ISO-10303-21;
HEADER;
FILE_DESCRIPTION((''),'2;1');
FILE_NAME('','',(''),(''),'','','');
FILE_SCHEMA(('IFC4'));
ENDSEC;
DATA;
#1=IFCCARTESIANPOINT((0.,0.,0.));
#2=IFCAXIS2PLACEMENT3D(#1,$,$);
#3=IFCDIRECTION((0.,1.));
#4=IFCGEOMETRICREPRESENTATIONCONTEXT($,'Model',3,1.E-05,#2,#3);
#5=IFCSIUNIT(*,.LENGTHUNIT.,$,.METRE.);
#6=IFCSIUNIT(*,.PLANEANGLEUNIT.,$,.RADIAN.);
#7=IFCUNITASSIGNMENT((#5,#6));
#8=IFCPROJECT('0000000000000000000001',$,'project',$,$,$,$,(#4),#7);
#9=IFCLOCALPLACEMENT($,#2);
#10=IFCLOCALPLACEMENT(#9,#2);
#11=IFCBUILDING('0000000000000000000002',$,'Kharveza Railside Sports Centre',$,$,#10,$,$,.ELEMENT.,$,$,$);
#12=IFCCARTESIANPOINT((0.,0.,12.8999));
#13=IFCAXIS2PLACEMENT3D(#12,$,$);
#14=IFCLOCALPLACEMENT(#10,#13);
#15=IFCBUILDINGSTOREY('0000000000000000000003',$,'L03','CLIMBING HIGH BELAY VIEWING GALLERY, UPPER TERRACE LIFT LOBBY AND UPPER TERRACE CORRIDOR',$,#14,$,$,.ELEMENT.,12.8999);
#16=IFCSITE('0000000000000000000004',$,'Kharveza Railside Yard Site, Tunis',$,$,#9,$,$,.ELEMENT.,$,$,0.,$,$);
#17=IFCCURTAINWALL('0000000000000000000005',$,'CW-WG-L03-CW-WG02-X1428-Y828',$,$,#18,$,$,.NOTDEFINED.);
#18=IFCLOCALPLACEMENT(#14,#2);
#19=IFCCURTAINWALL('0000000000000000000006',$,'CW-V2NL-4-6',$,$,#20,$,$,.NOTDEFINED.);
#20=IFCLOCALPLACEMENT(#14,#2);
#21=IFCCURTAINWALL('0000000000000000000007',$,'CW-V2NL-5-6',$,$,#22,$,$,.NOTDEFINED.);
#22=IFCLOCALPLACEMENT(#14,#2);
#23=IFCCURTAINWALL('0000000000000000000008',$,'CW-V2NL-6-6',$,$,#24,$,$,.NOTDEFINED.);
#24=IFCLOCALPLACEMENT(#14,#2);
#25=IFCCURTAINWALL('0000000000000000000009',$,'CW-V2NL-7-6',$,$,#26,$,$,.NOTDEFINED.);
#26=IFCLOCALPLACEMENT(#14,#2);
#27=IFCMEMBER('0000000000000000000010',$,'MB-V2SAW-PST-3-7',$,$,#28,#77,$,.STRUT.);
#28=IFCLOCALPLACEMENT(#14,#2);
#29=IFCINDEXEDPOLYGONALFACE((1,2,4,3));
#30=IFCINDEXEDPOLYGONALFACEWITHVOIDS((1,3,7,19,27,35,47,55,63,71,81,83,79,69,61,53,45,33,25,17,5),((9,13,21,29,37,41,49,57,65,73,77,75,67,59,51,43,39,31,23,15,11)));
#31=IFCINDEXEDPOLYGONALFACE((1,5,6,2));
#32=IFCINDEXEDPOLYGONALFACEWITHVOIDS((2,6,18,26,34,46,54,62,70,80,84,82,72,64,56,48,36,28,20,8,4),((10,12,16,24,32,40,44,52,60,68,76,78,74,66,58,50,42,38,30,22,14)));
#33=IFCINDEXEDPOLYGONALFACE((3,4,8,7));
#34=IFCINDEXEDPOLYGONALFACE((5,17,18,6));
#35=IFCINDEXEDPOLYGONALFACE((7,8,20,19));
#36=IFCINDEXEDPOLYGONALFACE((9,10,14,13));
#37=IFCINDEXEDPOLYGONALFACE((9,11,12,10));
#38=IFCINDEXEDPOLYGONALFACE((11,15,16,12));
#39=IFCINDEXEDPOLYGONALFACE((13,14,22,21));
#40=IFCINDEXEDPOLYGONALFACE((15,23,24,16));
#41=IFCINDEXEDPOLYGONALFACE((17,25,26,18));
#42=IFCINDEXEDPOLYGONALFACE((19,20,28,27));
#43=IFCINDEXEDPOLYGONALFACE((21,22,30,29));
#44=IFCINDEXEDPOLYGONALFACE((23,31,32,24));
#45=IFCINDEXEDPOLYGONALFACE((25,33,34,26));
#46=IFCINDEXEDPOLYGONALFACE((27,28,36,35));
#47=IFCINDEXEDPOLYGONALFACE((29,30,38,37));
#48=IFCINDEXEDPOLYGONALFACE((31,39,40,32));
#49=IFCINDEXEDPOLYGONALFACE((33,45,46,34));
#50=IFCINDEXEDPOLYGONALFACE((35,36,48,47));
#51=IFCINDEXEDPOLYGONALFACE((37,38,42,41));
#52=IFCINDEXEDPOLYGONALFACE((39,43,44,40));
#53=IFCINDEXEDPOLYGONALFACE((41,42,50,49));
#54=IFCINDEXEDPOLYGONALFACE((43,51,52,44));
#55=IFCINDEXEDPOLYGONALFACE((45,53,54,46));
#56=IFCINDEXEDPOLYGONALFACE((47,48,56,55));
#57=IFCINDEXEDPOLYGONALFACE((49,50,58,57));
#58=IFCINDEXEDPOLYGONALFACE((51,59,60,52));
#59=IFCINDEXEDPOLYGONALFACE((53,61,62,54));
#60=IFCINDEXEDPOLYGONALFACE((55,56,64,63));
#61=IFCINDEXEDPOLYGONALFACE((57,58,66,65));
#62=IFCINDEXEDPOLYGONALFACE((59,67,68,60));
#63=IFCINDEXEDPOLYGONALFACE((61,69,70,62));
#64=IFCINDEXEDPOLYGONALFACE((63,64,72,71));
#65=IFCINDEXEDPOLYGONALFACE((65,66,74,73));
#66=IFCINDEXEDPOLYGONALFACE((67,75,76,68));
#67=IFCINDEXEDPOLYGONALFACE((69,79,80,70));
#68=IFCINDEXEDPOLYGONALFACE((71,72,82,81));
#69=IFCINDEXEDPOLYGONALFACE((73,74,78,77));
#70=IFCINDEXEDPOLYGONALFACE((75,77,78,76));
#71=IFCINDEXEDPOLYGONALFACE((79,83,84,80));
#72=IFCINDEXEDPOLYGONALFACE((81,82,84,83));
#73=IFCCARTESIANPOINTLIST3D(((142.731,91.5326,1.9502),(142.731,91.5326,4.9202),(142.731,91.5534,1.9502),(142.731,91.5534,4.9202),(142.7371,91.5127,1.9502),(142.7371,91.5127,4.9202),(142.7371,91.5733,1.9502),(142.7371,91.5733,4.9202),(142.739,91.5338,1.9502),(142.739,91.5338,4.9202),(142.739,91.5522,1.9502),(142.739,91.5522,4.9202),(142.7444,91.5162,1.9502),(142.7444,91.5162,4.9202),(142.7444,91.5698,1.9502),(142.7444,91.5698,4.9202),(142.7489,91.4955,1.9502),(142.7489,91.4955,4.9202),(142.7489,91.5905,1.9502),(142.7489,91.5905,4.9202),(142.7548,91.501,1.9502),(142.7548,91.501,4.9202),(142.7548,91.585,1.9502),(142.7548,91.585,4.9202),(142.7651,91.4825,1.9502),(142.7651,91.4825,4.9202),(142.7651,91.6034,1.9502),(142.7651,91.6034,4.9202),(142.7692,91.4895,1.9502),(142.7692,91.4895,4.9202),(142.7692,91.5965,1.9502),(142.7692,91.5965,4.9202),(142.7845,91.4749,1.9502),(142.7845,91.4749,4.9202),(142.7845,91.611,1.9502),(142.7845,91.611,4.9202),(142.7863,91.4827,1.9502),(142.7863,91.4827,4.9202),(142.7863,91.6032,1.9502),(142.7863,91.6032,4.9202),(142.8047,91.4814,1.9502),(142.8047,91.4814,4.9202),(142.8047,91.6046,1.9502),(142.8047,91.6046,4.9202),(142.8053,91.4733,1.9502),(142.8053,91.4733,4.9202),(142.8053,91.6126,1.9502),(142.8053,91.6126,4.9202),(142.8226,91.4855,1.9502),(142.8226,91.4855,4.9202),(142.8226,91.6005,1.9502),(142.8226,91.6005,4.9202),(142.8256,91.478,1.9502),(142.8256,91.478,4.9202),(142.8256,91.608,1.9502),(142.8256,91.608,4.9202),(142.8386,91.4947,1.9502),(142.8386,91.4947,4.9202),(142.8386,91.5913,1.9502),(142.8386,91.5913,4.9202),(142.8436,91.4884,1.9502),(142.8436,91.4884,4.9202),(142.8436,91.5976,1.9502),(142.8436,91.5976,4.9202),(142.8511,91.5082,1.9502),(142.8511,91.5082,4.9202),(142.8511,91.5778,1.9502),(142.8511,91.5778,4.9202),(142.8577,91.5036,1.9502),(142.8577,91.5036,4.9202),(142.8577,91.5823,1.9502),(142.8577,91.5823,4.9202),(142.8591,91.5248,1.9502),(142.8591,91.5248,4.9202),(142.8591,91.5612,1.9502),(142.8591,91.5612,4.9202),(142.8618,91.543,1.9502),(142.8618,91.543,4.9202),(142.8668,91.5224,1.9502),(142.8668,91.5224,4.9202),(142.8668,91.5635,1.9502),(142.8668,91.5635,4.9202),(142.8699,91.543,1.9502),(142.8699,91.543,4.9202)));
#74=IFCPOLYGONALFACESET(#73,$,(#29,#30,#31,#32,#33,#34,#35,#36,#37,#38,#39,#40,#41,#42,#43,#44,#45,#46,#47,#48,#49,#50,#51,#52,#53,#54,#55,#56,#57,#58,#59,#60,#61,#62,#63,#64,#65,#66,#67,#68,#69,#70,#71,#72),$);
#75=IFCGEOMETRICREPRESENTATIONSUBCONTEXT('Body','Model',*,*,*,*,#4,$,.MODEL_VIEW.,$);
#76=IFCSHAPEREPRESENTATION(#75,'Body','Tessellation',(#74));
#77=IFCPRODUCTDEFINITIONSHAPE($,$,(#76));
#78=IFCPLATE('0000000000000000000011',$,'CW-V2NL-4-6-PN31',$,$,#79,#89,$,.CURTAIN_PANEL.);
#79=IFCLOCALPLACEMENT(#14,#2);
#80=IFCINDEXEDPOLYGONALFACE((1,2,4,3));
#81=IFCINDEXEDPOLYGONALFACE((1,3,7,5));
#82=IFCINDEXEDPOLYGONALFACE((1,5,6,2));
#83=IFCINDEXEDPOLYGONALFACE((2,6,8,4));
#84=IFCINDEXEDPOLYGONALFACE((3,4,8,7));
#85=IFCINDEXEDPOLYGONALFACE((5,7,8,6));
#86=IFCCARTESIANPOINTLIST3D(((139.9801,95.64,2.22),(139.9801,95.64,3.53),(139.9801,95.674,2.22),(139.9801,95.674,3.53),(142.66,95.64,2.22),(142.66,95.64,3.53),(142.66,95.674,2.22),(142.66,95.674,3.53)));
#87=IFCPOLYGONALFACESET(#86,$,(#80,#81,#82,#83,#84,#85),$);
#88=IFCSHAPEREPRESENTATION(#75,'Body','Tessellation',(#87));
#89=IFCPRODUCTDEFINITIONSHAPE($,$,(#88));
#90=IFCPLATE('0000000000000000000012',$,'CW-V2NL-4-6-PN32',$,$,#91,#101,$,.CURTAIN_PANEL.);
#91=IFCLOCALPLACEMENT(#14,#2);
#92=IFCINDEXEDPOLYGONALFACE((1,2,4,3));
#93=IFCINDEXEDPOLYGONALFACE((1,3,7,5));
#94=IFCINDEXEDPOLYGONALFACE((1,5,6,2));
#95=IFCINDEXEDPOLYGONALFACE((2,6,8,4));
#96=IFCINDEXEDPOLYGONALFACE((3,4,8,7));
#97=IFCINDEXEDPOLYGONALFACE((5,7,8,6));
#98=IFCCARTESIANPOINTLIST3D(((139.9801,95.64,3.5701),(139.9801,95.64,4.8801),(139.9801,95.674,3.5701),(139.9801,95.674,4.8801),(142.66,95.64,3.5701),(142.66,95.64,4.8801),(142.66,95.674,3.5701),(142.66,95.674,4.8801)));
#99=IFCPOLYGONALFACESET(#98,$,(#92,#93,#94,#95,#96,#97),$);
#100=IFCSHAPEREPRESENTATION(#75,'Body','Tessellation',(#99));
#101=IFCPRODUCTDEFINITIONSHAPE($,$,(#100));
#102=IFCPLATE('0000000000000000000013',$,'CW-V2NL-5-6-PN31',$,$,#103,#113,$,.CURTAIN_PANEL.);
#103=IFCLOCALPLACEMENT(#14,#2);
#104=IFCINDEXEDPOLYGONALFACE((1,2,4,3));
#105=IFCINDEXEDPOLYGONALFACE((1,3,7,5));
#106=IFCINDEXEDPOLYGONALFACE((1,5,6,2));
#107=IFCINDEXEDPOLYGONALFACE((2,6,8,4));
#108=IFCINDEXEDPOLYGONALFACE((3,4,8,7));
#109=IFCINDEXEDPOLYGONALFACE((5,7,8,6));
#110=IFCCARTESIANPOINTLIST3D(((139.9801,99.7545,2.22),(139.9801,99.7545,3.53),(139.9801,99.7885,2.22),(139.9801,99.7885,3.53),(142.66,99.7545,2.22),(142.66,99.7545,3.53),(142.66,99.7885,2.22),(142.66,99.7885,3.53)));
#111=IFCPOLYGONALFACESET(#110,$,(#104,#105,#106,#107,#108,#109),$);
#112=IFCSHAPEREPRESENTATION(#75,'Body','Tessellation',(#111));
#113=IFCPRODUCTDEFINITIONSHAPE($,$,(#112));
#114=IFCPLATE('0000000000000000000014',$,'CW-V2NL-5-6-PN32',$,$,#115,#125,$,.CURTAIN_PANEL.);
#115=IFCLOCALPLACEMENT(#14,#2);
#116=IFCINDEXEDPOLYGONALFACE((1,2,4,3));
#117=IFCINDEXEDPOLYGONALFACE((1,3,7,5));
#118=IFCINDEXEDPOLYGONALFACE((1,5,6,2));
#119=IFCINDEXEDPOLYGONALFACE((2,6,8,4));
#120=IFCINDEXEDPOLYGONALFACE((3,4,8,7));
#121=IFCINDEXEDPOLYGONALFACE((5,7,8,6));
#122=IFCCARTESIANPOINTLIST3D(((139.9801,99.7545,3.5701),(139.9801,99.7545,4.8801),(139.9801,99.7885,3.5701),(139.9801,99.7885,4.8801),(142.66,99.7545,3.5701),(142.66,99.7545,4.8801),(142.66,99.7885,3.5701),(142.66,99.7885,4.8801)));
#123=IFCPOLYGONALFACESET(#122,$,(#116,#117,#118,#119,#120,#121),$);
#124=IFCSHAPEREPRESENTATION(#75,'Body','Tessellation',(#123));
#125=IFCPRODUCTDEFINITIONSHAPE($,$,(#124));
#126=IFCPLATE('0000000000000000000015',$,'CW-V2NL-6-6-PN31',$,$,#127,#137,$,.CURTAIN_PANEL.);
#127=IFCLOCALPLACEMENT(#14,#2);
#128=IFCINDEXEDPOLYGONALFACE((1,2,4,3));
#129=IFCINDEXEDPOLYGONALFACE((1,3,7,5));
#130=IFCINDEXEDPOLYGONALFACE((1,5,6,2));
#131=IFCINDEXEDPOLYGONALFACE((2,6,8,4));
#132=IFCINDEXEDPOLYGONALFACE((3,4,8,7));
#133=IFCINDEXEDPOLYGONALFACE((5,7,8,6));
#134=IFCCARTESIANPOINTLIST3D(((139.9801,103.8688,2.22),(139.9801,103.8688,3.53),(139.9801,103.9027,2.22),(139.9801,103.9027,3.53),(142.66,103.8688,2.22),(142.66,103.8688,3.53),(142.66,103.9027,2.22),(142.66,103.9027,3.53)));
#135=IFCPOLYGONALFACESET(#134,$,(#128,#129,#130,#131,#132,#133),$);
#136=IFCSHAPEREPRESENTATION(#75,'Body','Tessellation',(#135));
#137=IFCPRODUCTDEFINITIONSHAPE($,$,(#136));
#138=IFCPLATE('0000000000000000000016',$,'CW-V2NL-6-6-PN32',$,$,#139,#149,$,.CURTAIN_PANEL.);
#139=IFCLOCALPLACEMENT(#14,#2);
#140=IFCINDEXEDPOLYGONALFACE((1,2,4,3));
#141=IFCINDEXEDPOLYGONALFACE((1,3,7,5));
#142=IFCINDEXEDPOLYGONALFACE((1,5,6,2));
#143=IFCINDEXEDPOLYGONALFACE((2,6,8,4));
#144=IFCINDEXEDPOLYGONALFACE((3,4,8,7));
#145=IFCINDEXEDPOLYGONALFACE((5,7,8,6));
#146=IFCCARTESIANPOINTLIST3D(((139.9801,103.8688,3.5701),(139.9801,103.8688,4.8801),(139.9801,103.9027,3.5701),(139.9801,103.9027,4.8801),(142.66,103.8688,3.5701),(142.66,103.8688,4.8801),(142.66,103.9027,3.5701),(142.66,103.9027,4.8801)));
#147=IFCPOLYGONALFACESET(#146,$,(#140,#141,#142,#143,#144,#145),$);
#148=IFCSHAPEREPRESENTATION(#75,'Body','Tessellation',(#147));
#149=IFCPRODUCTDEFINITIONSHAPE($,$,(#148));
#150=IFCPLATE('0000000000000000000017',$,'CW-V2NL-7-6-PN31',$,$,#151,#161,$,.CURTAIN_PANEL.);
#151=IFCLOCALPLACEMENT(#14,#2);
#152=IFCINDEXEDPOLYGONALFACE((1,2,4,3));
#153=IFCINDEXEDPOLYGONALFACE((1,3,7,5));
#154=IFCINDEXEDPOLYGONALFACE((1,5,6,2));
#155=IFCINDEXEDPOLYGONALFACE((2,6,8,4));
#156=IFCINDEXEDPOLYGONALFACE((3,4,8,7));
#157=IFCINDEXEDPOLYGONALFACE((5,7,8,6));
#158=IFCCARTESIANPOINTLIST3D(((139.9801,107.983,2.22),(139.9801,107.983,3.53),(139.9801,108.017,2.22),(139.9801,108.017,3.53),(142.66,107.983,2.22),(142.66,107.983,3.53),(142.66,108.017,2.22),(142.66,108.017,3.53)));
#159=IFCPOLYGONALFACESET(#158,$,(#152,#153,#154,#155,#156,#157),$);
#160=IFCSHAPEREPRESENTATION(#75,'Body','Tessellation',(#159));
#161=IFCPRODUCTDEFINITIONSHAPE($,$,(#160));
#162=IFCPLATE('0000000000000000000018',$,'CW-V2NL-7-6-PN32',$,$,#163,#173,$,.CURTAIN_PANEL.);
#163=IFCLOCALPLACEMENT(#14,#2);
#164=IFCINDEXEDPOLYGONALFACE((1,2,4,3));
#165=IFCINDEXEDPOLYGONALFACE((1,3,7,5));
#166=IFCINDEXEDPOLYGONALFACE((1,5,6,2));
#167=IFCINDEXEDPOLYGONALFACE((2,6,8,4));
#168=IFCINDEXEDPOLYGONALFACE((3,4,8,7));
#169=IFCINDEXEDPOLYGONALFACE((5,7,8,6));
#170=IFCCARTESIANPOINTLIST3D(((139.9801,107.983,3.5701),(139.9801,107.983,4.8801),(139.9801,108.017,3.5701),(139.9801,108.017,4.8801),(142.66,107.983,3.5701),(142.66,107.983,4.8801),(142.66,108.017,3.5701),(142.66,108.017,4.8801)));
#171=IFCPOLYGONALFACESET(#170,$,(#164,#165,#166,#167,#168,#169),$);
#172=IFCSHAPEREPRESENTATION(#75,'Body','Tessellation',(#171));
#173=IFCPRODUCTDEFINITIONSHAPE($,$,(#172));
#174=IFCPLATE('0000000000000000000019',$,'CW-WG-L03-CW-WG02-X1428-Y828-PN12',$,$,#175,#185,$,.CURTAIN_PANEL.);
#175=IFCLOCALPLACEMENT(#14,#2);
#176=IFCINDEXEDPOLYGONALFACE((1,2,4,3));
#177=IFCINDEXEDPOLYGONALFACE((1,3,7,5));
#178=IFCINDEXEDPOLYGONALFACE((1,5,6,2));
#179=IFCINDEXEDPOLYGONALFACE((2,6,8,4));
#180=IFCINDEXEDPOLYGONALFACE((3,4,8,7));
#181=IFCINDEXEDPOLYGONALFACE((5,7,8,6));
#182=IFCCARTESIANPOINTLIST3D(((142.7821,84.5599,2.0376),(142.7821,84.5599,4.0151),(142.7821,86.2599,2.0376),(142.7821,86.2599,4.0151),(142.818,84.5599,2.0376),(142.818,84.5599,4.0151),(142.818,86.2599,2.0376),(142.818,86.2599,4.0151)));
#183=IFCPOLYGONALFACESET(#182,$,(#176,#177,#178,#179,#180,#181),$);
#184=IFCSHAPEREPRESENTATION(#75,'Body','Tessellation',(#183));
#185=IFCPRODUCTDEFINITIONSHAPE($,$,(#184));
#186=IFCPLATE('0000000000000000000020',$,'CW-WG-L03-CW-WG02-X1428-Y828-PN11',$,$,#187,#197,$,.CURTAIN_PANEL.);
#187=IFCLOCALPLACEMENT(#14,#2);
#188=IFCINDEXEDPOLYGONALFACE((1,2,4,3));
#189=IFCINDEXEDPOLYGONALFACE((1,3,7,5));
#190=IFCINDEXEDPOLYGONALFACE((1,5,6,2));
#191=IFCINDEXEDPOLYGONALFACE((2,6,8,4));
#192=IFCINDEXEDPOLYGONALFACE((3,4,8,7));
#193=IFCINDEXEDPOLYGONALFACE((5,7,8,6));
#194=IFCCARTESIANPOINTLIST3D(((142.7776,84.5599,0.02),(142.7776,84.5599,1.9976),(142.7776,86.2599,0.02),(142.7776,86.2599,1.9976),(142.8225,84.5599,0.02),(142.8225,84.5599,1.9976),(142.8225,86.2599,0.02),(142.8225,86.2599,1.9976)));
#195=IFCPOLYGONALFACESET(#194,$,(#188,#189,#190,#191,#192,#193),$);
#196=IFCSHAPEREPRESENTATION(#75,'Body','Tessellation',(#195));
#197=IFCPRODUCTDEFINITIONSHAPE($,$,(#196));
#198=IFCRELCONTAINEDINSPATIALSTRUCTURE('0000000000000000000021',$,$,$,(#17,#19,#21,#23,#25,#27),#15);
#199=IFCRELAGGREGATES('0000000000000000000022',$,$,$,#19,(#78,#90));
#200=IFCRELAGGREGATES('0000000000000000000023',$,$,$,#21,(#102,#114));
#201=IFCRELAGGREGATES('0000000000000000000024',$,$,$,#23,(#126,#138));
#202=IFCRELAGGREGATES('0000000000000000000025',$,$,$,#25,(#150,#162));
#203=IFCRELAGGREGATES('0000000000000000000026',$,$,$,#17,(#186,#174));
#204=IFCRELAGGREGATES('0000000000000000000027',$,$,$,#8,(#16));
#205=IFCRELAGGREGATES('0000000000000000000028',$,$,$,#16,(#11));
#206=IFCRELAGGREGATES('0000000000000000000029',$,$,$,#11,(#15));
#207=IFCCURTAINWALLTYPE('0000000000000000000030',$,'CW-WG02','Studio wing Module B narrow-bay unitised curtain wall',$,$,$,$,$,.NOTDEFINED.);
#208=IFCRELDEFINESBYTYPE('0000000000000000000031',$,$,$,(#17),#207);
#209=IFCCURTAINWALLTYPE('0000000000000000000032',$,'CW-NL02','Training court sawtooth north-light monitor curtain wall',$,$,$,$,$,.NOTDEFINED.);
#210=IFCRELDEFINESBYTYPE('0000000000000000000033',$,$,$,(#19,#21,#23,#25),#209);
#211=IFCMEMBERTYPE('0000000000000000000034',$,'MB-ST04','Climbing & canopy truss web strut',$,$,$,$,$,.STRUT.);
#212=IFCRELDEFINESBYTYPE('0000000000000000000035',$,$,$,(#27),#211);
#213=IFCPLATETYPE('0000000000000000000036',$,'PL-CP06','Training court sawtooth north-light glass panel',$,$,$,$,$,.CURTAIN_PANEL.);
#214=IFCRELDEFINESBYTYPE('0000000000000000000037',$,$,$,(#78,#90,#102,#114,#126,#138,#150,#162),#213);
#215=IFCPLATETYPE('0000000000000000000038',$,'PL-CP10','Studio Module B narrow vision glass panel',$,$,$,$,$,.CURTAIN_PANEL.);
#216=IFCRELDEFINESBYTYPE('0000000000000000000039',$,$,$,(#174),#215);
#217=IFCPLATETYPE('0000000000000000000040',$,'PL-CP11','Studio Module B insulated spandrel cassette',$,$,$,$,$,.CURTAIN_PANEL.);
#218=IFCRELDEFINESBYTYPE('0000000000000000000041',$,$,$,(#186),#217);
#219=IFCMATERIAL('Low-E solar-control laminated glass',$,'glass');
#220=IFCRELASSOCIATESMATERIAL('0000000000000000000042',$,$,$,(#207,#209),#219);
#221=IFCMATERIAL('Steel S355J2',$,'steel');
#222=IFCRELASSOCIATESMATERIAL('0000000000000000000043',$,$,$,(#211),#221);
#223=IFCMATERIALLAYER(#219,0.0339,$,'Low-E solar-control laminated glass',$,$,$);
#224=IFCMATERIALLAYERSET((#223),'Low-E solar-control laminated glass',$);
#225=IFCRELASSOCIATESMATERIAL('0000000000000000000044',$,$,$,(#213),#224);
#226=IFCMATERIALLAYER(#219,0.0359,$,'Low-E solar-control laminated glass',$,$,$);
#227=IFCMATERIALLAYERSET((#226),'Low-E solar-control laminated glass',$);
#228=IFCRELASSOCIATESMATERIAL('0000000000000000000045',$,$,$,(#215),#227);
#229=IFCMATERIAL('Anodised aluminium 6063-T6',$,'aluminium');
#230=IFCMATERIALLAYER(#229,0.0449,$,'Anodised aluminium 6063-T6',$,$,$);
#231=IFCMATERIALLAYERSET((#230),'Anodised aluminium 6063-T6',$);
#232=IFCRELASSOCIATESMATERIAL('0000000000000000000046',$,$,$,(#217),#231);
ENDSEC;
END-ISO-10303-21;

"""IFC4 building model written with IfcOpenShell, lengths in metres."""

from ifc_helpers import new_model, si_unit, direction, frame, origin, origin_2d, place, context, subcontext, project, spatial, rectangle, hollow_circle, extrude, material, layer, layer_set, material_profile, profile_set, type_object, element, aggregate, save


model = new_model("IFC4")

# Units and contexts
model_context = context("Model", 3, precision=1e-05, world=origin(), true_north=direction((0.0, 1.0)))
body_context = subcontext(model_context, "Body", "Model", "MODEL_VIEW")
ifc_project = project(units=[si_unit("LENGTHUNIT", "METRE"), si_unit("PLANEANGLEUNIT", "RADIAN")], contexts=[model_context])

# Site, building, storey
site_placement = place(None, origin())
site = spatial("IfcSite", under=ifc_project, at=site_placement, Name="Kharveza Railside Yard Site, Tunis", CompositionType="ELEMENT", RefElevation=0.0)
building_placement = place(site_placement, origin())
building = spatial("IfcBuilding", under=site, at=building_placement, Name="Kharveza Railside Sports Centre", CompositionType="ELEMENT")
storey_placement = place(building_placement, frame((0.0, 0.0, 12.8999)))
storey = spatial("IfcBuildingStorey", under=building, at=storey_placement, Name="L03", Description="CLIMBING HIGH BELAY VIEWING GALLERY, UPPER TERRACE LIFT LOBBY AND UPPER TERRACE CORRIDOR", CompositionType="ELEMENT", Elevation=12.8999)

# Shared definitions
ifc_material_1 = material(Name="Steel S355J2", Category="steel")

# Curtain walls
ifc_material_2 = material(Name="Low-E solar-control laminated glass", Category="glass")
curtain_wall_type_1 = type_object("IfcCurtainWallType", Name="CW-WG02", Description="Studio wing Module B narrow-bay unitised curtain wall", PredefinedType="NOTDEFINED", material=ifc_material_2)
curtain_wall_1_placement = place(storey_placement, origin())
curtain_wall_1 = element("IfcCurtainWall", 1, at=curtain_wall_1_placement, inside=storey, type_object=curtain_wall_type_1, Name="CW-WG-L03-CW-WG02-X1428-Y828", PredefinedType="NOTDEFINED")
ifc_material_3 = material(Name="Anodised aluminium 6063-T6", Category="aluminium")
curtain_wall_type_2 = type_object("IfcCurtainWallType", Name="CW-NL02", Description="Training court sawtooth north-light monitor curtain wall", PredefinedType="NOTDEFINED", material=ifc_material_2)
curtain_wall_2_placement = place(storey_placement, origin())
curtain_wall_2 = element("IfcCurtainWall", 2, at=curtain_wall_2_placement, inside=storey, type_object=curtain_wall_type_2, Name="CW-V2NL-4-6", PredefinedType="NOTDEFINED")
curtain_wall_3_placement = place(storey_placement, origin())
curtain_wall_3 = element("IfcCurtainWall", 3, at=curtain_wall_3_placement, inside=storey, type_object=curtain_wall_type_2, Name="CW-V2NL-5-6", PredefinedType="NOTDEFINED")
curtain_wall_4_placement = place(storey_placement, origin())
curtain_wall_4 = element("IfcCurtainWall", 4, at=curtain_wall_4_placement, inside=storey, type_object=curtain_wall_type_2, Name="CW-V2NL-6-6", PredefinedType="NOTDEFINED")
curtain_wall_5_placement = place(storey_placement, origin())
curtain_wall_5 = element("IfcCurtainWall", 5, at=curtain_wall_5_placement, inside=storey, type_object=curtain_wall_type_2, Name="CW-V2NL-7-6", PredefinedType="NOTDEFINED")

# Member
ifc_material_profile_1 = material_profile(ifc_material_1, hollow_circle(Radius=0.0698, WallThickness=0.0081, at=origin_2d()), Name="CHS 139.7x8.0")
ifc_profile_set_1 = profile_set([ifc_material_profile_1], Name="Steel S355J2")
member_type_1 = type_object("IfcMemberType", Name="MB-ST04", Description="Climbing & canopy truss web strut", PredefinedType="STRUT", material=ifc_profile_set_1)
for number, where, z_axis, x_axis, name in (
    (6, (142.8, 91.543, 1.9502), (0.0, 0.0, 1.0), (1.0, 0.0, 0.0), "MB-V2SAW-PST-3-7"),
):
    element("IfcMember", number, at=place(storey_placement, frame(where, z_axis=z_axis, x_axis=x_axis)), inside=storey, type_object=member_type_1, Name=name, PredefinedType="STRUT", context=body_context, shape_type="SweptSolid", body=[
        extrude(hollow_circle(Radius=0.0698, WallThickness=0.0081, at=origin_2d()), origin(), (0.0, 0.0, 1.0), 2.97),
    ])

# Plates
ifc_layer_1 = layer(ifc_material_2, 0.0339, Name="Low-E solar-control laminated glass")
ifc_layer_set_1 = layer_set([ifc_layer_1], Name="Low-E solar-control laminated glass")
plate_type_1 = type_object("IfcPlateType", Name="PL-CP06", Description="Training court sawtooth north-light glass panel", PredefinedType="CURTAIN_PANEL", material=ifc_layer_set_1)
plate_1_placement = place(storey_placement, frame((141.3201, 95.657, 2.22), z_axis=(0.0, 0.0, 1.0), x_axis=(1.0, 0.0, 0.0)))
plate_1 = element("IfcPlate", 7, at=plate_1_placement, type_object=plate_type_1, Name="CW-V2NL-4-6-PN31", PredefinedType="CURTAIN_PANEL", context=body_context, shape_type="SweptSolid", body=[
    extrude(rectangle(XDim=2.6799, YDim=0.0339, at=origin_2d()), origin(), (0.0, 0.0, 1.0), 1.3101),
])
plate_2_placement = place(storey_placement, frame((141.3201, 95.657, 3.5701), z_axis=(0.0, 0.0, 1.0), x_axis=(1.0, 0.0, 0.0)))
plate_2 = element("IfcPlate", 8, at=plate_2_placement, type_object=plate_type_1, Name="CW-V2NL-4-6-PN32", PredefinedType="CURTAIN_PANEL", context=body_context, shape_type="SweptSolid", body=[
    extrude(rectangle(XDim=2.6799, YDim=0.0339, at=origin_2d()), origin(), (0.0, 0.0, 1.0), 1.3101),
])
aggregate(curtain_wall_2, [plate_1, plate_2])
plate_3_placement = place(storey_placement, frame((141.3201, 99.7715, 2.22), z_axis=(0.0, 0.0, 1.0), x_axis=(1.0, 0.0, 0.0)))
plate_3 = element("IfcPlate", 9, at=plate_3_placement, type_object=plate_type_1, Name="CW-V2NL-5-6-PN31", PredefinedType="CURTAIN_PANEL", context=body_context, shape_type="SweptSolid", body=[
    extrude(rectangle(XDim=2.6799, YDim=0.0339, at=origin_2d()), origin(), (0.0, 0.0, 1.0), 1.3101),
])
plate_4_placement = place(storey_placement, frame((141.3201, 99.7715, 3.5701), z_axis=(0.0, 0.0, 1.0), x_axis=(1.0, 0.0, 0.0)))
plate_4 = element("IfcPlate", 10, at=plate_4_placement, type_object=plate_type_1, Name="CW-V2NL-5-6-PN32", PredefinedType="CURTAIN_PANEL", context=body_context, shape_type="SweptSolid", body=[
    extrude(rectangle(XDim=2.6799, YDim=0.0339, at=origin_2d()), origin(), (0.0, 0.0, 1.0), 1.3101),
])
aggregate(curtain_wall_3, [plate_3, plate_4])
plate_5_placement = place(storey_placement, frame((141.3201, 103.8857, 2.22), z_axis=(0.0, 0.0, 1.0), x_axis=(1.0, 0.0, 0.0)))
plate_5 = element("IfcPlate", 11, at=plate_5_placement, type_object=plate_type_1, Name="CW-V2NL-6-6-PN31", PredefinedType="CURTAIN_PANEL", context=body_context, shape_type="SweptSolid", body=[
    extrude(rectangle(XDim=2.6799, YDim=0.0339, at=origin_2d()), origin(), (0.0, 0.0, 1.0), 1.3101),
])
plate_6_placement = place(storey_placement, frame((141.3201, 103.8857, 3.5701), z_axis=(0.0, 0.0, 1.0), x_axis=(1.0, 0.0, 0.0)))
plate_6 = element("IfcPlate", 12, at=plate_6_placement, type_object=plate_type_1, Name="CW-V2NL-6-6-PN32", PredefinedType="CURTAIN_PANEL", context=body_context, shape_type="SweptSolid", body=[
    extrude(rectangle(XDim=2.6799, YDim=0.0339, at=origin_2d()), origin(), (0.0, 0.0, 1.0), 1.3101),
])
aggregate(curtain_wall_4, [plate_5, plate_6])
plate_7_placement = place(storey_placement, frame((141.3201, 108.0, 2.22), z_axis=(0.0, 0.0, 1.0), x_axis=(1.0, 0.0, 0.0)))
plate_7 = element("IfcPlate", 13, at=plate_7_placement, type_object=plate_type_1, Name="CW-V2NL-7-6-PN31", PredefinedType="CURTAIN_PANEL", context=body_context, shape_type="SweptSolid", body=[
    extrude(rectangle(XDim=2.6799, YDim=0.0339, at=origin_2d()), origin(), (0.0, 0.0, 1.0), 1.3101),
])
plate_8_placement = place(storey_placement, frame((141.3201, 108.0, 3.5701), z_axis=(0.0, 0.0, 1.0), x_axis=(1.0, 0.0, 0.0)))
plate_8 = element("IfcPlate", 14, at=plate_8_placement, type_object=plate_type_1, Name="CW-V2NL-7-6-PN32", PredefinedType="CURTAIN_PANEL", context=body_context, shape_type="SweptSolid", body=[
    extrude(rectangle(XDim=2.6799, YDim=0.0339, at=origin_2d()), origin(), (0.0, 0.0, 1.0), 1.3101),
])
aggregate(curtain_wall_5, [plate_7, plate_8])
ifc_layer_2 = layer(ifc_material_2, 0.0359, Name="Low-E solar-control laminated glass")
ifc_layer_set_2 = layer_set([ifc_layer_2], Name="Low-E solar-control laminated glass")
plate_type_2 = type_object("IfcPlateType", Name="PL-CP10", Description="Studio Module B narrow vision glass panel", PredefinedType="CURTAIN_PANEL", material=ifc_layer_set_2)
plate_9_placement = place(storey_placement, frame((142.8, 85.4099, 2.0376), z_axis=(0.0, 0.0, 1.0), x_axis=(0.0, -1.0, 0.0)))
plate_9 = element("IfcPlate", 15, at=plate_9_placement, type_object=plate_type_2, Name="CW-WG-L03-CW-WG02-X1428-Y828-PN12", PredefinedType="CURTAIN_PANEL", context=body_context, shape_type="SweptSolid", body=[
    extrude(rectangle(XDim=1.7, YDim=0.0359, at=origin_2d()), origin(), (0.0, 0.0, 1.0), 1.9775),
])
ifc_layer_3 = layer(ifc_material_3, 0.0449, Name="Anodised aluminium 6063-T6")
ifc_layer_set_3 = layer_set([ifc_layer_3], Name="Anodised aluminium 6063-T6")
plate_type_3 = type_object("IfcPlateType", Name="PL-CP11", Description="Studio Module B insulated spandrel cassette", PredefinedType="CURTAIN_PANEL", material=ifc_layer_set_3)
plate_10_placement = place(storey_placement, frame((142.8, 85.4099, 0.02), z_axis=(0.0, 0.0, 1.0), x_axis=(0.0, -1.0, 0.0)))
plate_10 = element("IfcPlate", 16, at=plate_10_placement, type_object=plate_type_3, Name="CW-WG-L03-CW-WG02-X1428-Y828-PN11", PredefinedType="CURTAIN_PANEL", context=body_context, shape_type="SweptSolid", body=[
    extrude(rectangle(XDim=1.7, YDim=0.0449, at=origin_2d()), origin(), (0.0, 0.0, 1.0), 1.9775),
])
aggregate(curtain_wall_1, [plate_10, plate_9])

save(model, "model.ifc")
